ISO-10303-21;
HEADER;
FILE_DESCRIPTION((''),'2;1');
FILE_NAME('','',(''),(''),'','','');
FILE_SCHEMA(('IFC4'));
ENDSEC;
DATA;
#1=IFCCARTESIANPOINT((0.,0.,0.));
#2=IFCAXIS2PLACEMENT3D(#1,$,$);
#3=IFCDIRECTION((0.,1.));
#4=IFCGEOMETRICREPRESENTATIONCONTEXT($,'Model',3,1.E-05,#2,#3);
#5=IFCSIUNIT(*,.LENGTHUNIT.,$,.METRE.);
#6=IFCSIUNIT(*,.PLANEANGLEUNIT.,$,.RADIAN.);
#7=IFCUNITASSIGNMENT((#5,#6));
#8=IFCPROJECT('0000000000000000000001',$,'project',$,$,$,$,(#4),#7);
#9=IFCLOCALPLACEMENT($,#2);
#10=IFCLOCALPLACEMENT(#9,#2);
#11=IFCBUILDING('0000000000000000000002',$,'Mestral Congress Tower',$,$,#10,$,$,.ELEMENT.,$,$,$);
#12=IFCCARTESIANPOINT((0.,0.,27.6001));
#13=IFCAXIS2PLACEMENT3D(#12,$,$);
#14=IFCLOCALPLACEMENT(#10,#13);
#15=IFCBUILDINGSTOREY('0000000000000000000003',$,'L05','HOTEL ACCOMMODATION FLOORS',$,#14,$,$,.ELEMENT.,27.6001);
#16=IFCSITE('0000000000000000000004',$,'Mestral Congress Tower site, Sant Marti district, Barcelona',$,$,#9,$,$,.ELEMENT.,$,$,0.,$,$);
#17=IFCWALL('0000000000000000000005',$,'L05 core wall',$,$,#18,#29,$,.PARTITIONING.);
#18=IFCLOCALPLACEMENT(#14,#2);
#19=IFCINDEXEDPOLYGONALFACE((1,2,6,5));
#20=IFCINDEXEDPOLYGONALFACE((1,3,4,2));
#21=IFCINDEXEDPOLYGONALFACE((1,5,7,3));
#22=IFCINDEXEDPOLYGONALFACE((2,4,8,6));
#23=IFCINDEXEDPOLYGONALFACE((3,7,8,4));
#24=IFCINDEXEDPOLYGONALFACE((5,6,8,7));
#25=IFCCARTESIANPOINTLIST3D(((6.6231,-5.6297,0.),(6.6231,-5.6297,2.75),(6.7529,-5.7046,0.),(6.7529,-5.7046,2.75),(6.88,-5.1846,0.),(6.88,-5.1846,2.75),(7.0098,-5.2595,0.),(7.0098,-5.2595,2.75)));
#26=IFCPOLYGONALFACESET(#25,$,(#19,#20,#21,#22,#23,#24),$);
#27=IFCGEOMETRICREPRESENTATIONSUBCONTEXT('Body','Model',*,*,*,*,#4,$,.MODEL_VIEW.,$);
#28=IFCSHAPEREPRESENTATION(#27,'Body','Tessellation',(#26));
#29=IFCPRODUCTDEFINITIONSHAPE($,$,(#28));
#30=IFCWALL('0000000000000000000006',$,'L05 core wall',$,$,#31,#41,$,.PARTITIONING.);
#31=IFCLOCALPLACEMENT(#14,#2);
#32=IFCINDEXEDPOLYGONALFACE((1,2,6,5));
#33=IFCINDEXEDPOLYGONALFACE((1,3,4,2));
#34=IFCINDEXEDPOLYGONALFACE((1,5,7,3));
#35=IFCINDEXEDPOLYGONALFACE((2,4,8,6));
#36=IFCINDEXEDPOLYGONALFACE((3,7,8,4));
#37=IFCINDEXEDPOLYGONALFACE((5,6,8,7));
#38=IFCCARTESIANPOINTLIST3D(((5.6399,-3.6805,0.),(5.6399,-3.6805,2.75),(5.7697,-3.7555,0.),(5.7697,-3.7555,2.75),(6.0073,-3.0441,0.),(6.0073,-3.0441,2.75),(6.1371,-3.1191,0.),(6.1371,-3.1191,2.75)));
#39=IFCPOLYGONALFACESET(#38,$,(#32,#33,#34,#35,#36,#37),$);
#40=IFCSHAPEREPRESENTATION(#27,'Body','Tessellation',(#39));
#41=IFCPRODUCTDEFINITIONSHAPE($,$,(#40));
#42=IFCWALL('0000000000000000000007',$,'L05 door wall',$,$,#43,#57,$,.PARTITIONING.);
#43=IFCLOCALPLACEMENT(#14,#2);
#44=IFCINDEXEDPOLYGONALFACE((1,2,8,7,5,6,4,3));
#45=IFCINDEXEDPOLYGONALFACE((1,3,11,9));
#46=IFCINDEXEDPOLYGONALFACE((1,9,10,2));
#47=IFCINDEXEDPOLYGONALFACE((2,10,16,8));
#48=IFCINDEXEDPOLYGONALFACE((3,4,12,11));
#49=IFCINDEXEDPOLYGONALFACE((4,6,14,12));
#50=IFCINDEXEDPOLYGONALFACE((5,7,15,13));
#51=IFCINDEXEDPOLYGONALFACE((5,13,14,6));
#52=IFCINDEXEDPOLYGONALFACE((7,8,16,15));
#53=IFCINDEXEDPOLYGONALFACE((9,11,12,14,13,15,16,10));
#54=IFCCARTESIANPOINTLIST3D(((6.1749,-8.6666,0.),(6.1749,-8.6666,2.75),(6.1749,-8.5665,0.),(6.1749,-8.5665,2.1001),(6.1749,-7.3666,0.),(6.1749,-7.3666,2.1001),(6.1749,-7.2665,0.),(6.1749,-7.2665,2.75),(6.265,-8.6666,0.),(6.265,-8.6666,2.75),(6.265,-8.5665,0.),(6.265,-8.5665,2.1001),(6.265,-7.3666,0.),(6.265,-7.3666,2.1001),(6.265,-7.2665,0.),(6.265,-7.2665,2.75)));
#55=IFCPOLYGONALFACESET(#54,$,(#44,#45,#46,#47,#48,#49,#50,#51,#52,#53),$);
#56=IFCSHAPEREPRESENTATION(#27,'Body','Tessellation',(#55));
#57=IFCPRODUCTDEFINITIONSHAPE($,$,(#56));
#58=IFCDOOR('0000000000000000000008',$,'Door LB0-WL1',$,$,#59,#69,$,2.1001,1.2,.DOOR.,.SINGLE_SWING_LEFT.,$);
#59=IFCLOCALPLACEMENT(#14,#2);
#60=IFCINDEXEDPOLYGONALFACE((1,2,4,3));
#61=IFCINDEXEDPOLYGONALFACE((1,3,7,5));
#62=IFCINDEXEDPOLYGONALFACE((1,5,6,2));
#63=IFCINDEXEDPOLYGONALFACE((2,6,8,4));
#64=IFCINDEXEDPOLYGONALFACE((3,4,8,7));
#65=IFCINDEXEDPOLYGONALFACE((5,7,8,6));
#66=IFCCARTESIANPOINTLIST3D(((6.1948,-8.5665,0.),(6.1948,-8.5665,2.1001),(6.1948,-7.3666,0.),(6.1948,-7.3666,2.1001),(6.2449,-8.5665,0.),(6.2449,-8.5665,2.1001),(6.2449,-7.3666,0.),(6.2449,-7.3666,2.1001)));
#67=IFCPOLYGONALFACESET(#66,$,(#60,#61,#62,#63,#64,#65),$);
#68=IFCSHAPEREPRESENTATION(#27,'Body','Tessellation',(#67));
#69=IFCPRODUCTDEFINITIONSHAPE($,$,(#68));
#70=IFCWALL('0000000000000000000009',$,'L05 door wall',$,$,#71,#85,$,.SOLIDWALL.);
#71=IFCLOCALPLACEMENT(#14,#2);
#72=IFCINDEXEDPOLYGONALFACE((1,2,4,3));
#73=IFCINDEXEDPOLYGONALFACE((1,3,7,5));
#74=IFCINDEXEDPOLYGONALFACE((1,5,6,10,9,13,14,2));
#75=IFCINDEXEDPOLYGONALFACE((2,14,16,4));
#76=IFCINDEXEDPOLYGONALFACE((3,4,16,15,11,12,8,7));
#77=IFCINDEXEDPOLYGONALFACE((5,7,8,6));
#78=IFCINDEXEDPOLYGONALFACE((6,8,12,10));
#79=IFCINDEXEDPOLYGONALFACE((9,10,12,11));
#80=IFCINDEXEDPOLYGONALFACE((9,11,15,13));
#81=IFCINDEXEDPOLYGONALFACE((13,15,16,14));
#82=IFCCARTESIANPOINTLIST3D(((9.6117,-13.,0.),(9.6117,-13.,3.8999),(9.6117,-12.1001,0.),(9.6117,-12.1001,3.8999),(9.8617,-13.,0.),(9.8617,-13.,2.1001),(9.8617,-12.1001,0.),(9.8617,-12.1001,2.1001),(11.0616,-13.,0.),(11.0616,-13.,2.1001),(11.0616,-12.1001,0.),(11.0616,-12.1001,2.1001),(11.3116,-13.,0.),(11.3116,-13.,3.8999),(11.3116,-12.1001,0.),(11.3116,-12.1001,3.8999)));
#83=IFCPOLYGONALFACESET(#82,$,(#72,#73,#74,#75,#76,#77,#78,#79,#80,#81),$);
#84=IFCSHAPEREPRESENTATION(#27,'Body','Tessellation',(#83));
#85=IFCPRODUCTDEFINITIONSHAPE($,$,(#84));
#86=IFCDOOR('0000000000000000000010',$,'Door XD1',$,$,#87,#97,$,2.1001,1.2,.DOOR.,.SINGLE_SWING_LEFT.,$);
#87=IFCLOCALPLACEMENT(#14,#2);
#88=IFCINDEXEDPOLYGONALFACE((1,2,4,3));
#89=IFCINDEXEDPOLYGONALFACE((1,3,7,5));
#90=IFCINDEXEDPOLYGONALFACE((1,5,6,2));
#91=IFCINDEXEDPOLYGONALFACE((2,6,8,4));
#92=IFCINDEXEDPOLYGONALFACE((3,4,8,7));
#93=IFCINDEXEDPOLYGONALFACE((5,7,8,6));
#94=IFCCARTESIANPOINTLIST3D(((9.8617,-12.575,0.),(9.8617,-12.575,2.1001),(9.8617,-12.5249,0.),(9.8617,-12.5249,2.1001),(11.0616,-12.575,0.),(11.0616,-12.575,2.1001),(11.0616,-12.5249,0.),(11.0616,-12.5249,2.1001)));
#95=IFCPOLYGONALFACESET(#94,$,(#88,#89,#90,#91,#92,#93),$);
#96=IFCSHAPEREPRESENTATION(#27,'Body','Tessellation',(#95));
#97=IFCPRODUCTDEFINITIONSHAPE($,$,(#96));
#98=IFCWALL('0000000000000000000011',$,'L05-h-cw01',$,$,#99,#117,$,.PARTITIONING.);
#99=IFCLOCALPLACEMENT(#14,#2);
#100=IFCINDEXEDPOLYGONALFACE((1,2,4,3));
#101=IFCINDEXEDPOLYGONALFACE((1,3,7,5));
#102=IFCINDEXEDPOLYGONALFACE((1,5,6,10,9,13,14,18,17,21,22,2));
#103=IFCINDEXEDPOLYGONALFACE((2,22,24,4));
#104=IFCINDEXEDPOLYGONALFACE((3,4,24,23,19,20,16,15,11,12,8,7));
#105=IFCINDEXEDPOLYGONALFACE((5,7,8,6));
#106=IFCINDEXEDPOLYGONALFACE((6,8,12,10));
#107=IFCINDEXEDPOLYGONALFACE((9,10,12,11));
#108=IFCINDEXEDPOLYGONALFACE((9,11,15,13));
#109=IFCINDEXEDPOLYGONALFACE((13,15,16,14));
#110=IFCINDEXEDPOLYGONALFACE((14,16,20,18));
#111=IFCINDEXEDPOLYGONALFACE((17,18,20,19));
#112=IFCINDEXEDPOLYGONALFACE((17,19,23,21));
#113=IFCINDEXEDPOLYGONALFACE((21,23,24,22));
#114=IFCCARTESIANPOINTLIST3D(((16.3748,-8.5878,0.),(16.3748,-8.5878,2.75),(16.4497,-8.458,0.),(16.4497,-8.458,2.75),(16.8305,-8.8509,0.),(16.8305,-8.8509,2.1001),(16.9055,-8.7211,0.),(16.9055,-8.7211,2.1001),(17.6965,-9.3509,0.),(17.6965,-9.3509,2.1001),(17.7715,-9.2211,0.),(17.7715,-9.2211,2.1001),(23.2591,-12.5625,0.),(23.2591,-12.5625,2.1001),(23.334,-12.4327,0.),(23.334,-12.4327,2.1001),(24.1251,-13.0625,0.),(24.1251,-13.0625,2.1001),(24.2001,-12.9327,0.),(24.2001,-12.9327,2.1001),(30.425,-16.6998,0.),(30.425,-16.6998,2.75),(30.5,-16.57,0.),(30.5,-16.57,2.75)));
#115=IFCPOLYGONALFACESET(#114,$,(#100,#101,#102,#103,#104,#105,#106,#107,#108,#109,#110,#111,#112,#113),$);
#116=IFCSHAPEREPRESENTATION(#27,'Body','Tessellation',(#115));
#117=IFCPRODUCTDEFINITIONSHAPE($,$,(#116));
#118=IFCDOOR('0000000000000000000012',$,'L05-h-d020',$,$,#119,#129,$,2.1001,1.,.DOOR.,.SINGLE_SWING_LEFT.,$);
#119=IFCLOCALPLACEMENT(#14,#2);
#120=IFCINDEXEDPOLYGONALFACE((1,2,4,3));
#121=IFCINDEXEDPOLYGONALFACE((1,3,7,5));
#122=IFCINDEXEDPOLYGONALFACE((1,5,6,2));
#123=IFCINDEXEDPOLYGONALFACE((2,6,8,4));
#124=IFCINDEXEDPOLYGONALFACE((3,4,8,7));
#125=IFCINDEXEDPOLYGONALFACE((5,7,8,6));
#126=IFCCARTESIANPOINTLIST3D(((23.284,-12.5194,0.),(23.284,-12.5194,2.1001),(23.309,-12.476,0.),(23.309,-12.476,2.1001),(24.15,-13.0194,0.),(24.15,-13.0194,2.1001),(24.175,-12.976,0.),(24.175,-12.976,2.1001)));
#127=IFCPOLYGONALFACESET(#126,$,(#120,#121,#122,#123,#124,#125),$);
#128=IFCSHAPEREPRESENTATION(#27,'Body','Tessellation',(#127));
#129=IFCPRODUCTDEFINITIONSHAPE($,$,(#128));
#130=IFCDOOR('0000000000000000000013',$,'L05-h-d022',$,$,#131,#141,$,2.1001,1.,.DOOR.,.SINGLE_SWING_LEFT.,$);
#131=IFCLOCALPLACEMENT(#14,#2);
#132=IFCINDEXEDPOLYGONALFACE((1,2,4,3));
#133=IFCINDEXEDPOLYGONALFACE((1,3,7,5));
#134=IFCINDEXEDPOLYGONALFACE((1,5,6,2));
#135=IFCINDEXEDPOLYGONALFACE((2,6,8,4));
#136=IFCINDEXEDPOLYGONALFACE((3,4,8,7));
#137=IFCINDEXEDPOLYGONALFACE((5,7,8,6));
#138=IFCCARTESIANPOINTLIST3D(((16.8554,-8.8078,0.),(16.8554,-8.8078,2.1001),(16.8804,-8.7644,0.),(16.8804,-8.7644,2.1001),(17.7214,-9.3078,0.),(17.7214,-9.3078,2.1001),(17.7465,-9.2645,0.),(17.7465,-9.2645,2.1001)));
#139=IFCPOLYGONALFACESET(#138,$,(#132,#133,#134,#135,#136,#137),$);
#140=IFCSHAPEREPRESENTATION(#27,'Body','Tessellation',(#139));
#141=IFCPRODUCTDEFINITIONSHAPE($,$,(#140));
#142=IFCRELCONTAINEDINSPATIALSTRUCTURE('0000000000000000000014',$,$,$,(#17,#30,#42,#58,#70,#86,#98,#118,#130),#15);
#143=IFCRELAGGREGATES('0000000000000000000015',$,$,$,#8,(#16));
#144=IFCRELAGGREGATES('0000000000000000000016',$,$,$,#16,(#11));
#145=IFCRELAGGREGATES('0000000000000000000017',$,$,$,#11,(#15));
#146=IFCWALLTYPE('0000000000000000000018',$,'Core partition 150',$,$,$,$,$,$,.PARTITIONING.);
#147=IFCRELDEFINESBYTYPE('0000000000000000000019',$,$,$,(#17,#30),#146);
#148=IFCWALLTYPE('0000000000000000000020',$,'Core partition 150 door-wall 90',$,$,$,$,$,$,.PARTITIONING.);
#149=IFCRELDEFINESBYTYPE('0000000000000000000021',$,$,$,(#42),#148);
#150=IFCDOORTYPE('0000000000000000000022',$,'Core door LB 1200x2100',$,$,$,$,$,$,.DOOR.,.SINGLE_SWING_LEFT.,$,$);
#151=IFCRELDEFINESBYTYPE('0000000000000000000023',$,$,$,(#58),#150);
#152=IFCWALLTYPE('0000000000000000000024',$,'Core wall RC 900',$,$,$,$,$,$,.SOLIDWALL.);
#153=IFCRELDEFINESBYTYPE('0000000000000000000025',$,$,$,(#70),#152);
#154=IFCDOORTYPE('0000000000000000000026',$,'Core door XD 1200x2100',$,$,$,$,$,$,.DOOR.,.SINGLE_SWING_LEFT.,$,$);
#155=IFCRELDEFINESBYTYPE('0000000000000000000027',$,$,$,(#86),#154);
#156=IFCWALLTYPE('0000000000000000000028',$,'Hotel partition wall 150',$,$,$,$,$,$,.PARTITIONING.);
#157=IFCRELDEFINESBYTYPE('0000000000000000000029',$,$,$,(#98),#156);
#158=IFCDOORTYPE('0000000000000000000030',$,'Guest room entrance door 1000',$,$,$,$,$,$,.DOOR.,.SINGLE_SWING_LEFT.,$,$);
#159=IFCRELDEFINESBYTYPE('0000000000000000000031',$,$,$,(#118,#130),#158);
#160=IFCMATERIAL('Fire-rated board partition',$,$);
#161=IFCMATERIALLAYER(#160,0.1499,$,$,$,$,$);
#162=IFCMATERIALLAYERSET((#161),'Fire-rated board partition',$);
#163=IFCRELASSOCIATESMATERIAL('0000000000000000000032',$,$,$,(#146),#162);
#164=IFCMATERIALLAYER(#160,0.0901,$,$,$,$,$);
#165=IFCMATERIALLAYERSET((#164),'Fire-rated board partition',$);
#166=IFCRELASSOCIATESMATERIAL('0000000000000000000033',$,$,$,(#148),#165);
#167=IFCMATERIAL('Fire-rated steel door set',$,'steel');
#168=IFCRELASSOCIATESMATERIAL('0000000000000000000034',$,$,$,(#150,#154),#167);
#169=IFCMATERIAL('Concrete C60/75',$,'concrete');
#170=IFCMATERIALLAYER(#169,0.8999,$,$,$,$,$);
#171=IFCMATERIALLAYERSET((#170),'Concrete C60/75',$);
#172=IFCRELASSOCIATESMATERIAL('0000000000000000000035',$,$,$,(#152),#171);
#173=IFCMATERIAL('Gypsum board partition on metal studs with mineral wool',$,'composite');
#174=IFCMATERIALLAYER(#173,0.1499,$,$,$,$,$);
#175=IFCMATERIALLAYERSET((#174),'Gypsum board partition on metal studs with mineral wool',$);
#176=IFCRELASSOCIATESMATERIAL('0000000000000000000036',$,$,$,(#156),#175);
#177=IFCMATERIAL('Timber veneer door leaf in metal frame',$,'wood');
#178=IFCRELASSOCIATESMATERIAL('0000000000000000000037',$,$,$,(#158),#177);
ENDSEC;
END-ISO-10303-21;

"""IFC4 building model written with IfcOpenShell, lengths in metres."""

from ifc_helpers import new_model, si_unit, direction, frame, frame_2d, origin, place, context, subcontext, project, spatial, rectangle, extrude, material, layer, layer_set, type_object, element, fill, save


model = new_model("IFC4")

# Units and contexts
model_context = context("Model", 3, precision=1e-05, world=origin(), true_north=direction((0.0, 1.0)))
body_context = subcontext(model_context, "Body", "Model", "MODEL_VIEW")
ifc_project = project(units=[si_unit("LENGTHUNIT", "METRE"), si_unit("PLANEANGLEUNIT", "RADIAN")], contexts=[model_context])

# Site, building, storey
site_placement = place(None, origin())
site = spatial("IfcSite", under=ifc_project, at=site_placement, Name="Mestral Congress Tower site, Sant Marti district, Barcelona", CompositionType="ELEMENT", RefElevation=0.0)
building_placement = place(site_placement, origin())
building = spatial("IfcBuilding", under=site, at=building_placement, Name="Mestral Congress Tower", CompositionType="ELEMENT")
storey_placement = place(building_placement, frame((0.0, 0.0, 27.6001)))
storey = spatial("IfcBuildingStorey", under=building, at=storey_placement, Name="L05", Description="HOTEL ACCOMMODATION FLOORS", CompositionType="ELEMENT", Elevation=27.6001)

# Walls
ifc_material_1 = material(Name="Fire-rated board partition")
ifc_layer_1 = layer(ifc_material_1, 0.1499)
ifc_layer_set_1 = layer_set([ifc_layer_1], Name="Fire-rated board partition")
wall_type_1 = type_object("IfcWallType", Name="Core partition 150", PredefinedType="PARTITIONING", material=ifc_layer_set_1)
wall_1_placement = place(storey_placement, frame((6.9448, -5.2222, 0.0), z_axis=(0.0, 0.0, 1.0), x_axis=(-0.499818, -0.86613, 0.0)))
element("IfcWall", 1, at=wall_1_placement, inside=storey, type_object=wall_type_1, Name="L05 core wall", PredefinedType="PARTITIONING", context=body_context, shape_type="SweptSolid", body=[
    extrude(rectangle(XDim=0.5139, YDim=0.1499, at=frame_2d((0.2568, 0.0))), origin(), (0.0, 0.0, 1.0), 2.75),
])
wall_2_placement = place(storey_placement, frame((5.7048, -3.718, 0.0), z_axis=(0.0, 0.0, 1.0), x_axis=(0.499962, 0.866047, 0.0)))
element("IfcWall", 2, at=wall_2_placement, inside=storey, type_object=wall_type_1, Name="L05 core wall", PredefinedType="PARTITIONING", context=body_context, shape_type="SweptSolid", body=[
    extrude(rectangle(XDim=0.7349, YDim=0.1499, at=frame_2d((0.3674, 0.0))), origin(), (0.0, 0.0, 1.0), 2.75),
])

# Walls, openings, doors
ifc_layer_2 = layer(ifc_material_1, 0.0901)
ifc_layer_set_2 = layer_set([ifc_layer_2], Name="Fire-rated board partition")
wall_type_2 = type_object("IfcWallType", Name="Core partition 150 door-wall 90", PredefinedType="PARTITIONING", material=ifc_layer_set_2)
wall_3_placement = place(storey_placement, frame((6.22, -7.2664, 0.0), z_axis=(0.0, 0.0, 1.0), x_axis=(0.0, -1.0, 0.0)))
wall_3 = element("IfcWall", 3, at=wall_3_placement, inside=storey, type_object=wall_type_2, Name="L05 door wall", PredefinedType="PARTITIONING", context=body_context, shape_type="SweptSolid", body=[
    extrude(rectangle(XDim=1.4001, YDim=0.0901, at=frame_2d((0.7002, 0.0))), origin(), (0.0, 0.0, 1.0), 2.75),
])
opening_1_placement = place(wall_3_placement, frame((0.1001, 0.0, 0.0)))
opening_1 = element("IfcOpeningElement", 4, at=opening_1_placement, cuts=wall_3, PredefinedType="OPENING", context=body_context, shape_type="SweptSolid", body=[
    extrude(rectangle(XDim=1.2, YDim=2.1001, at=frame_2d((0.6001, 1.05))), frame((0.0, 0.0549, 0.0), z_axis=(0.0, -1.0, 0.0), x_axis=(1.0, 0.0, 0.0)), (0.0, 0.0, 1.0), 0.1101),
])
ifc_material_2 = material(Name="Fire-rated steel door set", Category="steel")
door_type_1 = type_object("IfcDoorType", Name="Core door LB 1200x2100", OperationType="SINGLE_SWING_LEFT", PredefinedType="DOOR", material=ifc_material_2)
door_1_placement = place(opening_1_placement, origin())
door_1 = element("IfcDoor", 5, at=door_1_placement, inside=storey, type_object=door_type_1, Name="Door LB0-WL1", OperationType="SINGLE_SWING_LEFT", OverallHeight=2.1001, OverallWidth=1.2, PredefinedType="DOOR", context=body_context, shape_type="SweptSolid", body=[
    extrude(rectangle(XDim=1.2, YDim=2.1001, at=frame_2d((0.6001, 1.05))), frame((0.0, 0.0249, 0.0), z_axis=(0.0, -1.0, 0.0), x_axis=(1.0, 0.0, 0.0)), (0.0, 0.0, 1.0), 0.05),
])
fill(opening_1, door_1)
ifc_material_3 = material(Name="Concrete C60/75", Category="concrete")
ifc_layer_3 = layer(ifc_material_3, 0.8999)
ifc_layer_set_3 = layer_set([ifc_layer_3], Name="Concrete C60/75")
wall_type_3 = type_object("IfcWallType", Name="Core wall RC 900", PredefinedType="SOLIDWALL", material=ifc_layer_set_3)
wall_4_placement = place(storey_placement, frame((11.3118, -12.55, 0.0), z_axis=(0.0, 0.0, 1.0), x_axis=(-1.0, 0.0, 0.0)))
wall_4 = element("IfcWall", 6, at=wall_4_placement, inside=storey, type_object=wall_type_3, Name="L05 door wall", PredefinedType="SOLIDWALL", context=body_context, shape_type="SweptSolid", body=[
    extrude(rectangle(XDim=1.7, YDim=0.8999, at=frame_2d((0.8501, 0.0))), origin(), (0.0, 0.0, 1.0), 3.8999),
])
opening_2_placement = place(wall_4_placement, frame((0.25, 0.0, 0.0)))
opening_2 = element("IfcOpeningElement", 7, at=opening_2_placement, cuts=wall_4, PredefinedType="OPENING", context=body_context, shape_type="SweptSolid", body=[
    extrude(rectangle(XDim=1.2, YDim=2.1001, at=frame_2d((0.6001, 1.05))), frame((0.0, 0.46, 0.0), z_axis=(0.0, -1.0, 0.0), x_axis=(1.0, 0.0, 0.0)), (0.0, 0.0, 1.0), 0.9199),
])
door_type_2 = type_object("IfcDoorType", Name="Core door XD 1200x2100", OperationType="SINGLE_SWING_LEFT", PredefinedType="DOOR", material=ifc_material_2)
door_2_placement = place(opening_2_placement, origin())
door_2 = element("IfcDoor", 8, at=door_2_placement, inside=storey, type_object=door_type_2, Name="Door XD1", OperationType="SINGLE_SWING_LEFT", OverallHeight=2.1001, OverallWidth=1.2, PredefinedType="DOOR", context=body_context, shape_type="SweptSolid", body=[
    extrude(rectangle(XDim=1.2, YDim=2.1001, at=frame_2d((0.6001, 1.05))), frame((0.0, 0.0249, 0.0), z_axis=(0.0, -1.0, 0.0), x_axis=(1.0, 0.0, 0.0)), (0.0, 0.0, 1.0), 0.05),
])
fill(opening_2, door_2)

# Wall, openings, doors
ifc_material_4 = material(Name="Gypsum board partition on metal studs with mineral wool", Category="composite")
ifc_layer_4 = layer(ifc_material_4, 0.1499)
ifc_layer_set_4 = layer_set([ifc_layer_4], Name="Gypsum board partition on metal studs with mineral wool")
wall_type_4 = type_object("IfcWallType", Name="Hotel partition wall 150", PredefinedType="PARTITIONING", material=ifc_layer_set_4)
wall_5_placement = place(storey_placement, frame((16.4124, -8.5229, 0.0), z_axis=(0.0, 0.0, 1.0), x_axis=(0.866022, -0.500006, 0.0)))
wall_5 = element("IfcWall", 9, at=wall_5_placement, inside=storey, type_object=wall_type_4, Name="L05-h-cw01", PredefinedType="PARTITIONING", context=body_context, shape_type="SweptSolid", body=[
    extrude(rectangle(XDim=16.2239, YDim=0.1499, at=frame_2d((8.1118, 0.0))), origin(), (0.0, 0.0, 1.0), 2.75),
])
opening_3_placement = place(wall_5_placement, frame((7.9492, 0.0, 0.0)))
opening_3 = element("IfcOpeningElement", 10, at=opening_3_placement, cuts=wall_5, PredefinedType="OPENING", context=body_context, shape_type="SweptSolid", body=[
    extrude(rectangle(XDim=1.0, YDim=2.1001, at=frame_2d((0.5, 1.05))), frame((0.0, 0.085, 0.0), z_axis=(0.0, -1.0, 0.0), x_axis=(1.0, 0.0, 0.0)), (0.0, 0.0, 1.0), 0.1699),
])
opening_4_placement = place(wall_5_placement, frame((0.5261, 0.0, 0.0)))
opening_4 = element("IfcOpeningElement", 11, at=opening_4_placement, cuts=wall_5, PredefinedType="OPENING", context=body_context, shape_type="SweptSolid", body=[
    extrude(rectangle(XDim=1.0, YDim=2.1001, at=frame_2d((0.5, 1.05))), frame((0.0, 0.085, 0.0), z_axis=(0.0, -1.0, 0.0), x_axis=(1.0, 0.0, 0.0)), (0.0, 0.0, 1.0), 0.1699),
])
ifc_material_5 = material(Name="Timber veneer door leaf in metal frame", Category="wood")
door_type_3 = type_object("IfcDoorType", Name="Guest room entrance door 1000", OperationType="SINGLE_SWING_LEFT", PredefinedType="DOOR", material=ifc_material_5)
door_3_placement = place(opening_3_placement, origin())
door_3 = element("IfcDoor", 12, at=door_3_placement, inside=storey, type_object=door_type_3, Name="L05-h-d020", OperationType="SINGLE_SWING_LEFT", OverallHeight=2.1001, OverallWidth=1.0, PredefinedType="DOOR", context=body_context, shape_type="SweptSolid", body=[
    extrude(rectangle(XDim=1.0, YDim=2.1001, at=frame_2d((0.5, 1.05))), frame((0.0, 0.0249, 0.0), z_axis=(0.0, -1.0, 0.0), x_axis=(1.0, 0.0, 0.0)), (0.0, 0.0, 1.0), 0.05),
])
fill(opening_3, door_3)
door_4_placement = place(opening_4_placement, origin())
door_4 = element("IfcDoor", 13, at=door_4_placement, inside=storey, type_object=door_type_3, Name="L05-h-d022", OperationType="SINGLE_SWING_LEFT", OverallHeight=2.1001, OverallWidth=1.0, PredefinedType="DOOR", context=body_context, shape_type="SweptSolid", body=[
    extrude(rectangle(XDim=1.0, YDim=2.1001, at=frame_2d((0.5, 1.05))), frame((0.0, 0.0249, 0.0), z_axis=(0.0, -1.0, 0.0), x_axis=(1.0, 0.0, 0.0)), (0.0, 0.0, 1.0), 0.05),
])
fill(opening_4, door_4)

save(model, "model.ifc")
